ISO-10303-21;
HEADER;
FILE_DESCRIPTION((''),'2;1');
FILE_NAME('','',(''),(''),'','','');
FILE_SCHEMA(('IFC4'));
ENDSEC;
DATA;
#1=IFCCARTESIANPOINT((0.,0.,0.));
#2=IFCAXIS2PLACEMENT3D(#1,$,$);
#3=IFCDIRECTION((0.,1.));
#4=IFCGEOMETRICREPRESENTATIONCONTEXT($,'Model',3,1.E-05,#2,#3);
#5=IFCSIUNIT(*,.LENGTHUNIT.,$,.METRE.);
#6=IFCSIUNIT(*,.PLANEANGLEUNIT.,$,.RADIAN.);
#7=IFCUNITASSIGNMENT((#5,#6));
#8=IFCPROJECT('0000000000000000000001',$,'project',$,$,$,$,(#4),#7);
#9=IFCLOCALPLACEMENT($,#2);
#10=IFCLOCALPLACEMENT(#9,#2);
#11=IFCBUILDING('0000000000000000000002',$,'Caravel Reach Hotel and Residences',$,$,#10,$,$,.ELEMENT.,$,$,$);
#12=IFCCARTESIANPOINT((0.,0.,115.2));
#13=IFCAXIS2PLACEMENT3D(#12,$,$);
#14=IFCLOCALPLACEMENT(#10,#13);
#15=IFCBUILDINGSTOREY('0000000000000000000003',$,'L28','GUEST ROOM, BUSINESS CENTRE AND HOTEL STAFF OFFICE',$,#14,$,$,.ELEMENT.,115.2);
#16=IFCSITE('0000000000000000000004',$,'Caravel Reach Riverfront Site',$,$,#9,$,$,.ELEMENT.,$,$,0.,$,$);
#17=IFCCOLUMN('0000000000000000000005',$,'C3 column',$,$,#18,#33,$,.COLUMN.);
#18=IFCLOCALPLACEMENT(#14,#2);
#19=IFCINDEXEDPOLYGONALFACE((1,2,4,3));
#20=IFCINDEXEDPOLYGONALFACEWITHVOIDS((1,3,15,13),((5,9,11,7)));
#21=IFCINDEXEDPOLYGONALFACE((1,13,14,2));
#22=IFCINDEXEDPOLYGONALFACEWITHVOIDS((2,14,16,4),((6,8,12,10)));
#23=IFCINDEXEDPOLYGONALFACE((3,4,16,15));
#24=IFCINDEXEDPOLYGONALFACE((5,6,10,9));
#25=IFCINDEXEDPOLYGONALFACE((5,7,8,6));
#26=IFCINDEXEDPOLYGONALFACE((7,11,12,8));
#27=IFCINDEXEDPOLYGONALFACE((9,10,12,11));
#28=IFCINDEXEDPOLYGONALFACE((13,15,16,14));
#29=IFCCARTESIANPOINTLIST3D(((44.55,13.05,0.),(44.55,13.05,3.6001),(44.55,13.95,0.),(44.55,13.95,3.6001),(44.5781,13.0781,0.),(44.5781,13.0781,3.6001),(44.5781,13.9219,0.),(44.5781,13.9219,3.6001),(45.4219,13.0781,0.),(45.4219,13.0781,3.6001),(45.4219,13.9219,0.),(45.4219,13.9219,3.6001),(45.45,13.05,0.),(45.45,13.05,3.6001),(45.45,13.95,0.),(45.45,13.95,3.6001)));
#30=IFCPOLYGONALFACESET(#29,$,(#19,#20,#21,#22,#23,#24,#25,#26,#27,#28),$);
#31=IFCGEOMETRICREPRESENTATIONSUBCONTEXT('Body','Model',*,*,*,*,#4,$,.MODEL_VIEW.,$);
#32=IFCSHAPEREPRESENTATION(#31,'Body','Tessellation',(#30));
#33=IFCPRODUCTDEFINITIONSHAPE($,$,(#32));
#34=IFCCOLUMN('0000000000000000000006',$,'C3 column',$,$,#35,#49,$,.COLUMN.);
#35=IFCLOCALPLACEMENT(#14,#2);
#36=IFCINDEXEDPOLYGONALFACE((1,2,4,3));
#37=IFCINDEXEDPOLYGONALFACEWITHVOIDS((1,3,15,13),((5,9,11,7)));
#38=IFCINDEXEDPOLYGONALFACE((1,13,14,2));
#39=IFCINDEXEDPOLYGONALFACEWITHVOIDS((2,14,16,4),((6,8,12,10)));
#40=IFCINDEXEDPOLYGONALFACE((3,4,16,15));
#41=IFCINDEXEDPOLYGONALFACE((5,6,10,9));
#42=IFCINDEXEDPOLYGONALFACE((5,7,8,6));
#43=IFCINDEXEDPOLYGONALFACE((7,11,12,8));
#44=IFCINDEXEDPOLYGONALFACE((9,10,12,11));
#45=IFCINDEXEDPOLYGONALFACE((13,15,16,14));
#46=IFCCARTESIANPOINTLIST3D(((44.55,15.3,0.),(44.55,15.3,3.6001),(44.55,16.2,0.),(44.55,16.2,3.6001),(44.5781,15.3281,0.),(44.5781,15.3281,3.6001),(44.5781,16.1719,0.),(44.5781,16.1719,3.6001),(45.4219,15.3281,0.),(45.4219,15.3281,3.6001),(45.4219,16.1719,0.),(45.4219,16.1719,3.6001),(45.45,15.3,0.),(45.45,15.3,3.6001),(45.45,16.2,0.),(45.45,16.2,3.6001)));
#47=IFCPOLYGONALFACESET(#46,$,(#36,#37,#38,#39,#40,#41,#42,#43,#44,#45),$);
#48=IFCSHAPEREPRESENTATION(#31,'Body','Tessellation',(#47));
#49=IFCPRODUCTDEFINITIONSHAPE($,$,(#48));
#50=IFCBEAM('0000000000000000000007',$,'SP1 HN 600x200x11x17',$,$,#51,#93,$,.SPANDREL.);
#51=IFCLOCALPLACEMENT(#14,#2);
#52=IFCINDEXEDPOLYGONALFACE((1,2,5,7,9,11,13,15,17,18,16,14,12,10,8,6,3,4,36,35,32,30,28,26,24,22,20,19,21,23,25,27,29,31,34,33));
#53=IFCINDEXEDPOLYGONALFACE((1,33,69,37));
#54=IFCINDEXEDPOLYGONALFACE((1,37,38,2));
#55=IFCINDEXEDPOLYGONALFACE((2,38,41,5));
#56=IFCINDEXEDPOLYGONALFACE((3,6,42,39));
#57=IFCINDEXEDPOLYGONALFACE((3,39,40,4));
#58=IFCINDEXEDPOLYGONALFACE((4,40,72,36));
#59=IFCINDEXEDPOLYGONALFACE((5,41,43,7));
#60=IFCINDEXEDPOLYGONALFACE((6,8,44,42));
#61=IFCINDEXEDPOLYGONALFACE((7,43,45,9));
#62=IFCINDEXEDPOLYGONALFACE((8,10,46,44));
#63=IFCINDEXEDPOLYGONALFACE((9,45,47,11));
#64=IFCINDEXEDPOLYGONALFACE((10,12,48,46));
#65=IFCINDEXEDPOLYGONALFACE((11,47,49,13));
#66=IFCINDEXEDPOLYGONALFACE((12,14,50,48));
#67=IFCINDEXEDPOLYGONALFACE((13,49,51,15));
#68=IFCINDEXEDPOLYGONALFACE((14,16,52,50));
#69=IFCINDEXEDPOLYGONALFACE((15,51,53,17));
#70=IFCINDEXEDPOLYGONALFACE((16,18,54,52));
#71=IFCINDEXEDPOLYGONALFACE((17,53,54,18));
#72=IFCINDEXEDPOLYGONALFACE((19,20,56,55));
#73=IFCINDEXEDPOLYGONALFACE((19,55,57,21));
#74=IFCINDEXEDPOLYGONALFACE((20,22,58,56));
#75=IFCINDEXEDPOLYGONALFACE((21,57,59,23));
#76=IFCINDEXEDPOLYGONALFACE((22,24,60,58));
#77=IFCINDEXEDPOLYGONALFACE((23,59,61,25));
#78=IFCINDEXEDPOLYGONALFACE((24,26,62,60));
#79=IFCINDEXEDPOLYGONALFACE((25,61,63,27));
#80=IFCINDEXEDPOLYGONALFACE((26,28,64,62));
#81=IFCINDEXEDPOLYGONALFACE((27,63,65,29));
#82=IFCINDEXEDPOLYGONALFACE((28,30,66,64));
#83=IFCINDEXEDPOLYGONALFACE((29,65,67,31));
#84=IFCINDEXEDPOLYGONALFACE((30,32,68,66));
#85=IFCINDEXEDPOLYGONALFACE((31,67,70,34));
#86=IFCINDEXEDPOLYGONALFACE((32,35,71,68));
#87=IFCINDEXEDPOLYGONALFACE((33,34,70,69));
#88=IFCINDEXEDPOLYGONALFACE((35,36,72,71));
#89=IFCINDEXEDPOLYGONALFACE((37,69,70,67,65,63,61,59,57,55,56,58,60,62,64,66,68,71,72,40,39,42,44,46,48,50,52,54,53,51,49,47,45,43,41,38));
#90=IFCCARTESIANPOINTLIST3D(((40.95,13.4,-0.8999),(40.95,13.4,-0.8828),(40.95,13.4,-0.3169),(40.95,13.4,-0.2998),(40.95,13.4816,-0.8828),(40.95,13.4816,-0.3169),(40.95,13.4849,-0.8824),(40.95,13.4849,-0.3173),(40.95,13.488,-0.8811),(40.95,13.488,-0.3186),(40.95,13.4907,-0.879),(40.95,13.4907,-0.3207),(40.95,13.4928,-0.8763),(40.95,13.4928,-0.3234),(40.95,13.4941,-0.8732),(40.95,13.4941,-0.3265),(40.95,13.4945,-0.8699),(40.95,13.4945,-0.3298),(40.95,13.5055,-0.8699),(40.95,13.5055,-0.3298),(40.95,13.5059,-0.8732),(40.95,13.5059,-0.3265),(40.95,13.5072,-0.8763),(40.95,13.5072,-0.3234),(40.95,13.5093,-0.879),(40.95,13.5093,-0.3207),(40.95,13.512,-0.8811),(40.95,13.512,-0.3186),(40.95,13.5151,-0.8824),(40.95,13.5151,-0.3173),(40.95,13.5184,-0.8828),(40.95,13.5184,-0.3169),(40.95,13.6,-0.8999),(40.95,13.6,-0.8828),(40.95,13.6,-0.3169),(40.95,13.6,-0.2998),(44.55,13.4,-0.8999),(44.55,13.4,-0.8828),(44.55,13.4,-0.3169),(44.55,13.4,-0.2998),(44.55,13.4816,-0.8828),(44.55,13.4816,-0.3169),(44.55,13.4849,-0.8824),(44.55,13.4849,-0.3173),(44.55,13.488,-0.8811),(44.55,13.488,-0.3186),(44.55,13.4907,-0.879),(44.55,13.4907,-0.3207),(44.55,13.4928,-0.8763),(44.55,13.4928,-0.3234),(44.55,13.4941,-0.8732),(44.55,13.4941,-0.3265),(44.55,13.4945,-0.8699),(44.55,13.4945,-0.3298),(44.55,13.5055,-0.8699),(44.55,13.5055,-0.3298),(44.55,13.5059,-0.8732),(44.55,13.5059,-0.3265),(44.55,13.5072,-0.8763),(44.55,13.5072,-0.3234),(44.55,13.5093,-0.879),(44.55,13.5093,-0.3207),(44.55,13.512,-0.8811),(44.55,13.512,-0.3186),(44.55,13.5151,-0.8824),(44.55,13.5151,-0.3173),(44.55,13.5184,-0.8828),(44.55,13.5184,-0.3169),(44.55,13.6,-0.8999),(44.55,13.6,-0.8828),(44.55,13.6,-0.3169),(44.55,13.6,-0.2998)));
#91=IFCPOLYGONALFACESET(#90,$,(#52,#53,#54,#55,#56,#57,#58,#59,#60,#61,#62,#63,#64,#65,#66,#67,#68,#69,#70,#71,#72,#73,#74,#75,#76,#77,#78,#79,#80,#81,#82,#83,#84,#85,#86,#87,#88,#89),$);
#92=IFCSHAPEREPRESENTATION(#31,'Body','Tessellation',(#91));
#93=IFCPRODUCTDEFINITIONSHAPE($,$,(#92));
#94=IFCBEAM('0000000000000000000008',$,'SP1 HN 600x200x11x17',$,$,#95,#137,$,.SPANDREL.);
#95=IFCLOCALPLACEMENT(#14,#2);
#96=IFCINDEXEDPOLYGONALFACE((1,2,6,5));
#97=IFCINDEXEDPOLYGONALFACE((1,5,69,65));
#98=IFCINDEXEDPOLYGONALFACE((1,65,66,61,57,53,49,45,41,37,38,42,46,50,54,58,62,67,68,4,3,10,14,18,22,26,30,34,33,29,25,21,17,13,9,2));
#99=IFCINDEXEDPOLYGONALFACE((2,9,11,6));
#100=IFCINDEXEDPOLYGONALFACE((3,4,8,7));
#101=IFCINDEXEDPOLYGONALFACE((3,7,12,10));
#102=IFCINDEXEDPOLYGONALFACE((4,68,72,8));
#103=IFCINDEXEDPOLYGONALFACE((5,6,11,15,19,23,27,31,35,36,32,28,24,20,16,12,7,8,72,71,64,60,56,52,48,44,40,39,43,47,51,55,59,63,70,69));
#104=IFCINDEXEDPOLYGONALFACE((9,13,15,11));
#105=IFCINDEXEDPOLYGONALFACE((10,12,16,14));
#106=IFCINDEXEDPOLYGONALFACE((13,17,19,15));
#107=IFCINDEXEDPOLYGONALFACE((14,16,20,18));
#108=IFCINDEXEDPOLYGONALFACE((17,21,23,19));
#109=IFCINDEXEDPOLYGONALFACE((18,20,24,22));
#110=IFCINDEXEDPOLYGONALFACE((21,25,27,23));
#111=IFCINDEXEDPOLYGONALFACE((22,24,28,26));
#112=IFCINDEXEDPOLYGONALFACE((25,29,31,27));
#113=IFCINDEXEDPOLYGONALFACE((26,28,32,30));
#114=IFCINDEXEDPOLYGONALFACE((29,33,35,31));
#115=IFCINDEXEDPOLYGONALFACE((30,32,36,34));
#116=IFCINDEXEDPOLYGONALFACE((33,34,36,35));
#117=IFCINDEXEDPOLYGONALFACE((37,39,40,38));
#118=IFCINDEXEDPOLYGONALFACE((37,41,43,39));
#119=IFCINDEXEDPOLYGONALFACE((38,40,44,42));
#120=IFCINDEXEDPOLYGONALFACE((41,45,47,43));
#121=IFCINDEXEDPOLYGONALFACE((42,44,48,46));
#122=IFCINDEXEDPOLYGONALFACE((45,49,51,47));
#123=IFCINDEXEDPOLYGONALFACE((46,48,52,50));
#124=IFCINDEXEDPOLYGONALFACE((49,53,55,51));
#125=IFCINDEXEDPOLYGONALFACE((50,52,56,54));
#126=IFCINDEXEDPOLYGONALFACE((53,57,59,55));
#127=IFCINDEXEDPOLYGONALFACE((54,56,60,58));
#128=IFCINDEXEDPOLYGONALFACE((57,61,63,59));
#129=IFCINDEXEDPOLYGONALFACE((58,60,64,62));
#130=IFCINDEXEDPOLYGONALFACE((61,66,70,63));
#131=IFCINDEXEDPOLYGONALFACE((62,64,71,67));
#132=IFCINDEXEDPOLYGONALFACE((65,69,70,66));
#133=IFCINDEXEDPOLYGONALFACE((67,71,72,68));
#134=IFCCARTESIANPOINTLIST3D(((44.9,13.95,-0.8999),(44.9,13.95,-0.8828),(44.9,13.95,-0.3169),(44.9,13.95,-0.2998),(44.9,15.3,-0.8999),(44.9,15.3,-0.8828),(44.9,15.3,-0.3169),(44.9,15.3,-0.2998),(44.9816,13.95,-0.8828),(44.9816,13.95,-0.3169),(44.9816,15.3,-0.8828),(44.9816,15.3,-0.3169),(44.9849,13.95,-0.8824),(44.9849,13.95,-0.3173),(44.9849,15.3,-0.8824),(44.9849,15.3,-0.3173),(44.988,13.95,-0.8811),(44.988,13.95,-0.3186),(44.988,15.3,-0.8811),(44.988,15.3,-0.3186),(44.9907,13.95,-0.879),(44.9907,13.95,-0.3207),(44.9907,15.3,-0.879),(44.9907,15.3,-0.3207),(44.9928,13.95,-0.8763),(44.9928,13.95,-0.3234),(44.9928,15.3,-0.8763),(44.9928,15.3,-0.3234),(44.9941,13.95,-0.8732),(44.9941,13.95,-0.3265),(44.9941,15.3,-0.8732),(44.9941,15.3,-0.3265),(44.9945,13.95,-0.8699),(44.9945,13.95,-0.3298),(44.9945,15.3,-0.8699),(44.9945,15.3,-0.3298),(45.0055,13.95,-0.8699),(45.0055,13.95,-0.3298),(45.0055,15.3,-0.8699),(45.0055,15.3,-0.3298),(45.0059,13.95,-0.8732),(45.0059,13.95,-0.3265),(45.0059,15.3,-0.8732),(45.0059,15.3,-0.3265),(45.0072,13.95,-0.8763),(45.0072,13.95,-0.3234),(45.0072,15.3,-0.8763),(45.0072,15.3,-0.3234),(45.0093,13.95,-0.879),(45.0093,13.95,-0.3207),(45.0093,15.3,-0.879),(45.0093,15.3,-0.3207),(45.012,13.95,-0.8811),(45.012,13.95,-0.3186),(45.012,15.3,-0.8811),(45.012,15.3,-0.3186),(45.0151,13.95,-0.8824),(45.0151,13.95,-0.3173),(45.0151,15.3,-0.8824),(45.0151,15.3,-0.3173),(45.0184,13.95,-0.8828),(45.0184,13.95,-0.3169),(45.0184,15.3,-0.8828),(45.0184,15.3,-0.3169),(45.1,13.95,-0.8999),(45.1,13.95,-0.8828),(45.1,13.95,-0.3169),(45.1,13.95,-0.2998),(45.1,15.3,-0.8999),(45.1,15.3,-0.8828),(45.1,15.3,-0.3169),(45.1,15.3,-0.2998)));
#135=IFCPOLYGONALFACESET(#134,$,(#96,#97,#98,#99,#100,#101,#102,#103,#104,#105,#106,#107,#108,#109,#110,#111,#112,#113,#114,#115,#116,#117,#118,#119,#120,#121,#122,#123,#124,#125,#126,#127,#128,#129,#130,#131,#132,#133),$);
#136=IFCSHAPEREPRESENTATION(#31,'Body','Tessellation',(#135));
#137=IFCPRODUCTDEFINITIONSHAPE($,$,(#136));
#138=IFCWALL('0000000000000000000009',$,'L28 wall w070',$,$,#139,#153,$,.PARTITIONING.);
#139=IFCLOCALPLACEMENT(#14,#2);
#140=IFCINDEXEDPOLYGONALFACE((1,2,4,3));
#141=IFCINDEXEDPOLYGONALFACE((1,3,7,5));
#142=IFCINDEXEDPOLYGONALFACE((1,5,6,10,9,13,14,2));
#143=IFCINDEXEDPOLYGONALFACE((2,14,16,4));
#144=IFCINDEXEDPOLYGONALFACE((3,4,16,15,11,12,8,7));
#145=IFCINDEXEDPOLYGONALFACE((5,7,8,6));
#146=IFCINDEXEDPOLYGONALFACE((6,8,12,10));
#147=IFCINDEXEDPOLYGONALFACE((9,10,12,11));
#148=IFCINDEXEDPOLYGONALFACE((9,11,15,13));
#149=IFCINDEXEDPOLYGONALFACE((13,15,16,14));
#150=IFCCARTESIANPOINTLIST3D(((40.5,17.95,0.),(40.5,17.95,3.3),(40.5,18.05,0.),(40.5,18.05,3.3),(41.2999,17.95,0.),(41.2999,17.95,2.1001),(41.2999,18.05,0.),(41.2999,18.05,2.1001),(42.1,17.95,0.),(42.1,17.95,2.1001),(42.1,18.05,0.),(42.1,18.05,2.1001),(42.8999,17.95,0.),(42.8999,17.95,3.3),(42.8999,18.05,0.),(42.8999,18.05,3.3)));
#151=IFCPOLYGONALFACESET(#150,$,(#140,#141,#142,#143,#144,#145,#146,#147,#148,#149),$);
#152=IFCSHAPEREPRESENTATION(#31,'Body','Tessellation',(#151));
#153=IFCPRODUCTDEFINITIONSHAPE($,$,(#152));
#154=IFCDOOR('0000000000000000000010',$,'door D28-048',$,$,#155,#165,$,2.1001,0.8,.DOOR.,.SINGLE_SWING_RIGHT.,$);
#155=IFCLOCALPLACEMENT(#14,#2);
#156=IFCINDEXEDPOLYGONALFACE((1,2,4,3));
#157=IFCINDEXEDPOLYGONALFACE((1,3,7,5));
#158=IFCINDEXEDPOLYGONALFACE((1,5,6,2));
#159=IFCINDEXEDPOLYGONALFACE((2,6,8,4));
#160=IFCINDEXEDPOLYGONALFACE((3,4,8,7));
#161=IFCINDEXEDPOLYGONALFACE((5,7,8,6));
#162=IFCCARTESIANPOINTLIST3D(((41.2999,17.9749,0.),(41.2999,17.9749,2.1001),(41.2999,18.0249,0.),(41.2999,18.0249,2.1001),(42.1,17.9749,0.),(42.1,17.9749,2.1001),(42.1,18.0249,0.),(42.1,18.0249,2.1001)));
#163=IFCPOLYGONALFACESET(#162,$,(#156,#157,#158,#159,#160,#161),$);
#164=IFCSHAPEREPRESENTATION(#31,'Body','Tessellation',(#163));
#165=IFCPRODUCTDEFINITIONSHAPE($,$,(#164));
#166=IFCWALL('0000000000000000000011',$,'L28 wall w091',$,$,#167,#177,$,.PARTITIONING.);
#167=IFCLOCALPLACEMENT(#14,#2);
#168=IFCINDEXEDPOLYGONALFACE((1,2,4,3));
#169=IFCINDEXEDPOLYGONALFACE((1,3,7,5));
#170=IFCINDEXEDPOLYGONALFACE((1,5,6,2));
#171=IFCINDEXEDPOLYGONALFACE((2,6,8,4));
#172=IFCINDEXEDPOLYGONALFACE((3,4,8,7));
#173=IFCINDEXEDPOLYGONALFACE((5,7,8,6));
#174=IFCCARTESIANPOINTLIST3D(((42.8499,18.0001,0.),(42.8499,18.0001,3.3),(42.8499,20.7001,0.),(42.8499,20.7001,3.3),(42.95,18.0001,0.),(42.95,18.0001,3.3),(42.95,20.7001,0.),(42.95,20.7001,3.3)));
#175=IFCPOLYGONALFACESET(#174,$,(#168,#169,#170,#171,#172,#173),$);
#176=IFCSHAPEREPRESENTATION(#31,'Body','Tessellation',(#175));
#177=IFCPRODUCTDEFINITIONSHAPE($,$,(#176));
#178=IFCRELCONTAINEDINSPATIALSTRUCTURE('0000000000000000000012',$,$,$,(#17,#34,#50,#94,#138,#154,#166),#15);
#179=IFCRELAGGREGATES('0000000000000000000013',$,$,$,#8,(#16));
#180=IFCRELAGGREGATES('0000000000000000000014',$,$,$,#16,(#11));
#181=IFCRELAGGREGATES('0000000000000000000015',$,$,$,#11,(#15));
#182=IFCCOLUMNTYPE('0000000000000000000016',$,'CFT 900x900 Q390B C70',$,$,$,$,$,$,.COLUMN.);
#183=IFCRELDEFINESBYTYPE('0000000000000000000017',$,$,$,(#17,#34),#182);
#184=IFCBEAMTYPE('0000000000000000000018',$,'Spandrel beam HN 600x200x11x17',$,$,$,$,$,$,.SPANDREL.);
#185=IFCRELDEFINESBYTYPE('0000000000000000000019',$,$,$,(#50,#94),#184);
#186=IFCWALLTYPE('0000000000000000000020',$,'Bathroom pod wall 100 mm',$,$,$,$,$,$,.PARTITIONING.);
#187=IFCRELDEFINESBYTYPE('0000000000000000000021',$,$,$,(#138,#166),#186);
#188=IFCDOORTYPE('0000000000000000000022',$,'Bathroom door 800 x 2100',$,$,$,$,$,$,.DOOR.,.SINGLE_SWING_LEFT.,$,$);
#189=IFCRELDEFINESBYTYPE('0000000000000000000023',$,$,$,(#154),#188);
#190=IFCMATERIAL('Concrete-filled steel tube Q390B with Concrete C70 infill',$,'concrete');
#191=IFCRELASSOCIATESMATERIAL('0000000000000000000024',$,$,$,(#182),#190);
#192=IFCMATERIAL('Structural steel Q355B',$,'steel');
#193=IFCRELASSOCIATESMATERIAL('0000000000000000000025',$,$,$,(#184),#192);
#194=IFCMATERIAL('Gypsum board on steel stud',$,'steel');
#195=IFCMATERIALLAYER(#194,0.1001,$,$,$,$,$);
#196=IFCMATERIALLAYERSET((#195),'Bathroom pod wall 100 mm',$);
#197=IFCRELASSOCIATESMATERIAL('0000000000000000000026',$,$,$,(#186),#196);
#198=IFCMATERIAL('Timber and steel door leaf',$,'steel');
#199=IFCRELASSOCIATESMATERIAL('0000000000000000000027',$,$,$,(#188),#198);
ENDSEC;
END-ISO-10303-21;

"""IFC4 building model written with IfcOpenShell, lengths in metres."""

from ifc_helpers import new_model, si_unit, direction, frame, frame_2d, origin, origin_2d, place, context, subcontext, project, spatial, rectangle, hollow_rectangle, i_section, extrude, material, layer, layer_set, material_profile, profile_set, type_object, element, fill, save


model = new_model("IFC4")

# Units and contexts
model_context = context("Model", 3, precision=1e-05, world=origin(), true_north=direction((0.0, 1.0)))
body_context = subcontext(model_context, "Body", "Model", "MODEL_VIEW")
ifc_project = project(units=[si_unit("LENGTHUNIT", "METRE"), si_unit("PLANEANGLEUNIT", "RADIAN")], contexts=[model_context])

# Site, building, storey
site_placement = place(None, origin())
site = spatial("IfcSite", under=ifc_project, at=site_placement, Name="Caravel Reach Riverfront Site", CompositionType="ELEMENT", RefElevation=0.0)
building_placement = place(site_placement, origin())
building = spatial("IfcBuilding", under=site, at=building_placement, Name="Caravel Reach Hotel and Residences", CompositionType="ELEMENT")
storey_placement = place(building_placement, frame((0.0, 0.0, 115.2)))
storey = spatial("IfcBuildingStorey", under=building, at=storey_placement, Name="L28", Description="GUEST ROOM, BUSINESS CENTRE AND HOTEL STAFF OFFICE", CompositionType="ELEMENT", Elevation=115.2)

# Columns
ifc_material_1 = material(Name="Concrete-filled steel tube Q390B with Concrete C70 infill", Category="concrete")
ifc_material_profile_1 = material_profile(ifc_material_1, hollow_rectangle(XDim=0.8999, YDim=0.8999, WallThickness=0.0281, at=origin_2d()), Name="RHS 900x900x28")
ifc_profile_set_1 = profile_set([ifc_material_profile_1], Name="Concrete-filled steel tube Q390B with Concrete C70 infill")
column_type = type_object("IfcColumnType", Name="CFT 900x900 Q390B C70", PredefinedType="COLUMN", material=ifc_profile_set_1)
for number, where, z_axis, x_axis, name in (
    (1, (45.0, 13.5, 0.0), (0.0, 0.0, 1.0), (1.0, 0.0, 0.0), "C3 column"),
    (2, (45.0, 15.75, 0.0), (0.0, 0.0, 1.0), (1.0, 0.0, 0.0), "C3 column"),
):
    element("IfcColumn", number, at=place(storey_placement, frame(where, z_axis=z_axis, x_axis=x_axis)), inside=storey, type_object=column_type, Name=name, PredefinedType="COLUMN", context=body_context, shape_type="SweptSolid", body=[
        extrude(hollow_rectangle(XDim=0.8999, YDim=0.8999, WallThickness=0.0281, at=origin_2d()), origin(), (0.0, 0.0, 1.0), 3.6001),
    ])

# Beams
ifc_material_2 = material(Name="Structural steel Q355B", Category="steel")
ifc_material_profile_2 = material_profile(ifc_material_2, i_section(OverallWidth=0.2, OverallDepth=0.6001, WebThickness=0.011, FlangeThickness=0.0171, FilletRadius=0.0129, at=origin_2d()), Name="HN 600x200x11x17")
ifc_profile_set_2 = profile_set([ifc_material_profile_2], Name="Structural steel Q355B")
beam_type = type_object("IfcBeamType", Name="Spandrel beam HN 600x200x11x17", PredefinedType="SPANDREL", material=ifc_profile_set_2)
beam_1_placement = place(storey_placement, frame((40.95, 13.5, -0.5999), z_axis=(1.0, 0.0, 0.0), x_axis=(0.0, 1.0, 0.0)))
element("IfcBeam", 3, at=beam_1_placement, inside=storey, type_object=beam_type, Name="SP1 HN 600x200x11x17", PredefinedType="SPANDREL", context=body_context, shape_type="SweptSolid", body=[
    extrude(i_section(OverallWidth=0.2, OverallDepth=0.6001, WebThickness=0.011, FlangeThickness=0.0171, FilletRadius=0.0129, at=origin_2d()), origin(), (0.0, 0.0, 1.0), 3.6001),
])
beam_2_placement = place(storey_placement, frame((45.0, 13.95, -0.5999), z_axis=(0.0, 1.0, 0.0), x_axis=(-1.0, 0.0, 0.0)))
element("IfcBeam", 4, at=beam_2_placement, inside=storey, type_object=beam_type, Name="SP1 HN 600x200x11x17", PredefinedType="SPANDREL", context=body_context, shape_type="SweptSolid", body=[
    extrude(i_section(OverallWidth=0.2, OverallDepth=0.6001, WebThickness=0.011, FlangeThickness=0.0171, FilletRadius=0.0129, at=origin_2d()), origin(), (0.0, 0.0, 1.0), 1.3501),
])

# Wall, opening, door
ifc_material_3 = material(Name="Gypsum board on steel stud", Category="steel")
ifc_layer_1 = layer(ifc_material_3, 0.1001)
ifc_layer_set_1 = layer_set([ifc_layer_1], Name="Bathroom pod wall 100 mm")
wall_type_1 = type_object("IfcWallType", Name="Bathroom pod wall 100 mm", PredefinedType="PARTITIONING", material=ifc_layer_set_1)
wall_1_placement = place(storey_placement, frame((40.5, 18.0, 0.0), z_axis=(0.0, 0.0, 1.0), x_axis=(1.0, 0.0, 0.0)))
wall_1 = element("IfcWall", 5, at=wall_1_placement, inside=storey, type_object=wall_type_1, Name="L28 wall w070", PredefinedType="PARTITIONING", context=body_context, shape_type="SweptSolid", body=[
    extrude(rectangle(XDim=2.3999, YDim=0.1001, at=frame_2d((1.2, 0.0))), origin(), (0.0, 0.0, 1.0), 3.3),
])
opening_1_placement = place(wall_1_placement, frame((0.8, 0.0, 0.0)))
opening_1 = element("IfcOpeningElement", 6, at=opening_1_placement, cuts=wall_1, PredefinedType="OPENING", context=body_context, shape_type="SweptSolid", body=[
    extrude(rectangle(XDim=0.8, YDim=2.1001, at=frame_2d((0.3999, 1.05))), frame((0.0, 0.0601, 0.0), z_axis=(0.0, -1.0, 0.0), x_axis=(1.0, 0.0, 0.0)), (0.0, 0.0, 1.0), 0.1201),
])
ifc_material_4 = material(Name="Timber and steel door leaf", Category="steel")
door_type_1 = type_object("IfcDoorType", Name="Bathroom door 800 x 2100", OperationType="SINGLE_SWING_LEFT", PredefinedType="DOOR", material=ifc_material_4)
door_1_placement = place(opening_1_placement, origin())
door_1 = element("IfcDoor", 7, at=door_1_placement, inside=storey, type_object=door_type_1, Name="door D28-048", OperationType="SINGLE_SWING_RIGHT", OverallHeight=2.1001, OverallWidth=0.8, PredefinedType="DOOR", context=body_context, shape_type="SweptSolid", body=[
    extrude(rectangle(XDim=0.8, YDim=2.1001, at=frame_2d((0.3999, 1.05))), frame((0.0, 0.0249, 0.0), z_axis=(0.0, -1.0, 0.0), x_axis=(1.0, 0.0, 0.0)), (0.0, 0.0, 1.0), 0.05),
])
fill(opening_1, door_1)

# Wall
wall_2_placement = place(storey_placement, frame((42.8999, 18.0, 0.0), z_axis=(0.0, 0.0, 1.0), x_axis=(0.0, 1.0, 0.0)))
element("IfcWall", 8, at=wall_2_placement, inside=storey, type_object=wall_type_1, Name="L28 wall w091", PredefinedType="PARTITIONING", context=body_context, shape_type="SweptSolid", body=[
    extrude(rectangle(XDim=2.7, YDim=0.1001, at=frame_2d((1.3501, 0.0))), origin(), (0.0, 0.0, 1.0), 3.3),
])

save(model, "model.ifc")
